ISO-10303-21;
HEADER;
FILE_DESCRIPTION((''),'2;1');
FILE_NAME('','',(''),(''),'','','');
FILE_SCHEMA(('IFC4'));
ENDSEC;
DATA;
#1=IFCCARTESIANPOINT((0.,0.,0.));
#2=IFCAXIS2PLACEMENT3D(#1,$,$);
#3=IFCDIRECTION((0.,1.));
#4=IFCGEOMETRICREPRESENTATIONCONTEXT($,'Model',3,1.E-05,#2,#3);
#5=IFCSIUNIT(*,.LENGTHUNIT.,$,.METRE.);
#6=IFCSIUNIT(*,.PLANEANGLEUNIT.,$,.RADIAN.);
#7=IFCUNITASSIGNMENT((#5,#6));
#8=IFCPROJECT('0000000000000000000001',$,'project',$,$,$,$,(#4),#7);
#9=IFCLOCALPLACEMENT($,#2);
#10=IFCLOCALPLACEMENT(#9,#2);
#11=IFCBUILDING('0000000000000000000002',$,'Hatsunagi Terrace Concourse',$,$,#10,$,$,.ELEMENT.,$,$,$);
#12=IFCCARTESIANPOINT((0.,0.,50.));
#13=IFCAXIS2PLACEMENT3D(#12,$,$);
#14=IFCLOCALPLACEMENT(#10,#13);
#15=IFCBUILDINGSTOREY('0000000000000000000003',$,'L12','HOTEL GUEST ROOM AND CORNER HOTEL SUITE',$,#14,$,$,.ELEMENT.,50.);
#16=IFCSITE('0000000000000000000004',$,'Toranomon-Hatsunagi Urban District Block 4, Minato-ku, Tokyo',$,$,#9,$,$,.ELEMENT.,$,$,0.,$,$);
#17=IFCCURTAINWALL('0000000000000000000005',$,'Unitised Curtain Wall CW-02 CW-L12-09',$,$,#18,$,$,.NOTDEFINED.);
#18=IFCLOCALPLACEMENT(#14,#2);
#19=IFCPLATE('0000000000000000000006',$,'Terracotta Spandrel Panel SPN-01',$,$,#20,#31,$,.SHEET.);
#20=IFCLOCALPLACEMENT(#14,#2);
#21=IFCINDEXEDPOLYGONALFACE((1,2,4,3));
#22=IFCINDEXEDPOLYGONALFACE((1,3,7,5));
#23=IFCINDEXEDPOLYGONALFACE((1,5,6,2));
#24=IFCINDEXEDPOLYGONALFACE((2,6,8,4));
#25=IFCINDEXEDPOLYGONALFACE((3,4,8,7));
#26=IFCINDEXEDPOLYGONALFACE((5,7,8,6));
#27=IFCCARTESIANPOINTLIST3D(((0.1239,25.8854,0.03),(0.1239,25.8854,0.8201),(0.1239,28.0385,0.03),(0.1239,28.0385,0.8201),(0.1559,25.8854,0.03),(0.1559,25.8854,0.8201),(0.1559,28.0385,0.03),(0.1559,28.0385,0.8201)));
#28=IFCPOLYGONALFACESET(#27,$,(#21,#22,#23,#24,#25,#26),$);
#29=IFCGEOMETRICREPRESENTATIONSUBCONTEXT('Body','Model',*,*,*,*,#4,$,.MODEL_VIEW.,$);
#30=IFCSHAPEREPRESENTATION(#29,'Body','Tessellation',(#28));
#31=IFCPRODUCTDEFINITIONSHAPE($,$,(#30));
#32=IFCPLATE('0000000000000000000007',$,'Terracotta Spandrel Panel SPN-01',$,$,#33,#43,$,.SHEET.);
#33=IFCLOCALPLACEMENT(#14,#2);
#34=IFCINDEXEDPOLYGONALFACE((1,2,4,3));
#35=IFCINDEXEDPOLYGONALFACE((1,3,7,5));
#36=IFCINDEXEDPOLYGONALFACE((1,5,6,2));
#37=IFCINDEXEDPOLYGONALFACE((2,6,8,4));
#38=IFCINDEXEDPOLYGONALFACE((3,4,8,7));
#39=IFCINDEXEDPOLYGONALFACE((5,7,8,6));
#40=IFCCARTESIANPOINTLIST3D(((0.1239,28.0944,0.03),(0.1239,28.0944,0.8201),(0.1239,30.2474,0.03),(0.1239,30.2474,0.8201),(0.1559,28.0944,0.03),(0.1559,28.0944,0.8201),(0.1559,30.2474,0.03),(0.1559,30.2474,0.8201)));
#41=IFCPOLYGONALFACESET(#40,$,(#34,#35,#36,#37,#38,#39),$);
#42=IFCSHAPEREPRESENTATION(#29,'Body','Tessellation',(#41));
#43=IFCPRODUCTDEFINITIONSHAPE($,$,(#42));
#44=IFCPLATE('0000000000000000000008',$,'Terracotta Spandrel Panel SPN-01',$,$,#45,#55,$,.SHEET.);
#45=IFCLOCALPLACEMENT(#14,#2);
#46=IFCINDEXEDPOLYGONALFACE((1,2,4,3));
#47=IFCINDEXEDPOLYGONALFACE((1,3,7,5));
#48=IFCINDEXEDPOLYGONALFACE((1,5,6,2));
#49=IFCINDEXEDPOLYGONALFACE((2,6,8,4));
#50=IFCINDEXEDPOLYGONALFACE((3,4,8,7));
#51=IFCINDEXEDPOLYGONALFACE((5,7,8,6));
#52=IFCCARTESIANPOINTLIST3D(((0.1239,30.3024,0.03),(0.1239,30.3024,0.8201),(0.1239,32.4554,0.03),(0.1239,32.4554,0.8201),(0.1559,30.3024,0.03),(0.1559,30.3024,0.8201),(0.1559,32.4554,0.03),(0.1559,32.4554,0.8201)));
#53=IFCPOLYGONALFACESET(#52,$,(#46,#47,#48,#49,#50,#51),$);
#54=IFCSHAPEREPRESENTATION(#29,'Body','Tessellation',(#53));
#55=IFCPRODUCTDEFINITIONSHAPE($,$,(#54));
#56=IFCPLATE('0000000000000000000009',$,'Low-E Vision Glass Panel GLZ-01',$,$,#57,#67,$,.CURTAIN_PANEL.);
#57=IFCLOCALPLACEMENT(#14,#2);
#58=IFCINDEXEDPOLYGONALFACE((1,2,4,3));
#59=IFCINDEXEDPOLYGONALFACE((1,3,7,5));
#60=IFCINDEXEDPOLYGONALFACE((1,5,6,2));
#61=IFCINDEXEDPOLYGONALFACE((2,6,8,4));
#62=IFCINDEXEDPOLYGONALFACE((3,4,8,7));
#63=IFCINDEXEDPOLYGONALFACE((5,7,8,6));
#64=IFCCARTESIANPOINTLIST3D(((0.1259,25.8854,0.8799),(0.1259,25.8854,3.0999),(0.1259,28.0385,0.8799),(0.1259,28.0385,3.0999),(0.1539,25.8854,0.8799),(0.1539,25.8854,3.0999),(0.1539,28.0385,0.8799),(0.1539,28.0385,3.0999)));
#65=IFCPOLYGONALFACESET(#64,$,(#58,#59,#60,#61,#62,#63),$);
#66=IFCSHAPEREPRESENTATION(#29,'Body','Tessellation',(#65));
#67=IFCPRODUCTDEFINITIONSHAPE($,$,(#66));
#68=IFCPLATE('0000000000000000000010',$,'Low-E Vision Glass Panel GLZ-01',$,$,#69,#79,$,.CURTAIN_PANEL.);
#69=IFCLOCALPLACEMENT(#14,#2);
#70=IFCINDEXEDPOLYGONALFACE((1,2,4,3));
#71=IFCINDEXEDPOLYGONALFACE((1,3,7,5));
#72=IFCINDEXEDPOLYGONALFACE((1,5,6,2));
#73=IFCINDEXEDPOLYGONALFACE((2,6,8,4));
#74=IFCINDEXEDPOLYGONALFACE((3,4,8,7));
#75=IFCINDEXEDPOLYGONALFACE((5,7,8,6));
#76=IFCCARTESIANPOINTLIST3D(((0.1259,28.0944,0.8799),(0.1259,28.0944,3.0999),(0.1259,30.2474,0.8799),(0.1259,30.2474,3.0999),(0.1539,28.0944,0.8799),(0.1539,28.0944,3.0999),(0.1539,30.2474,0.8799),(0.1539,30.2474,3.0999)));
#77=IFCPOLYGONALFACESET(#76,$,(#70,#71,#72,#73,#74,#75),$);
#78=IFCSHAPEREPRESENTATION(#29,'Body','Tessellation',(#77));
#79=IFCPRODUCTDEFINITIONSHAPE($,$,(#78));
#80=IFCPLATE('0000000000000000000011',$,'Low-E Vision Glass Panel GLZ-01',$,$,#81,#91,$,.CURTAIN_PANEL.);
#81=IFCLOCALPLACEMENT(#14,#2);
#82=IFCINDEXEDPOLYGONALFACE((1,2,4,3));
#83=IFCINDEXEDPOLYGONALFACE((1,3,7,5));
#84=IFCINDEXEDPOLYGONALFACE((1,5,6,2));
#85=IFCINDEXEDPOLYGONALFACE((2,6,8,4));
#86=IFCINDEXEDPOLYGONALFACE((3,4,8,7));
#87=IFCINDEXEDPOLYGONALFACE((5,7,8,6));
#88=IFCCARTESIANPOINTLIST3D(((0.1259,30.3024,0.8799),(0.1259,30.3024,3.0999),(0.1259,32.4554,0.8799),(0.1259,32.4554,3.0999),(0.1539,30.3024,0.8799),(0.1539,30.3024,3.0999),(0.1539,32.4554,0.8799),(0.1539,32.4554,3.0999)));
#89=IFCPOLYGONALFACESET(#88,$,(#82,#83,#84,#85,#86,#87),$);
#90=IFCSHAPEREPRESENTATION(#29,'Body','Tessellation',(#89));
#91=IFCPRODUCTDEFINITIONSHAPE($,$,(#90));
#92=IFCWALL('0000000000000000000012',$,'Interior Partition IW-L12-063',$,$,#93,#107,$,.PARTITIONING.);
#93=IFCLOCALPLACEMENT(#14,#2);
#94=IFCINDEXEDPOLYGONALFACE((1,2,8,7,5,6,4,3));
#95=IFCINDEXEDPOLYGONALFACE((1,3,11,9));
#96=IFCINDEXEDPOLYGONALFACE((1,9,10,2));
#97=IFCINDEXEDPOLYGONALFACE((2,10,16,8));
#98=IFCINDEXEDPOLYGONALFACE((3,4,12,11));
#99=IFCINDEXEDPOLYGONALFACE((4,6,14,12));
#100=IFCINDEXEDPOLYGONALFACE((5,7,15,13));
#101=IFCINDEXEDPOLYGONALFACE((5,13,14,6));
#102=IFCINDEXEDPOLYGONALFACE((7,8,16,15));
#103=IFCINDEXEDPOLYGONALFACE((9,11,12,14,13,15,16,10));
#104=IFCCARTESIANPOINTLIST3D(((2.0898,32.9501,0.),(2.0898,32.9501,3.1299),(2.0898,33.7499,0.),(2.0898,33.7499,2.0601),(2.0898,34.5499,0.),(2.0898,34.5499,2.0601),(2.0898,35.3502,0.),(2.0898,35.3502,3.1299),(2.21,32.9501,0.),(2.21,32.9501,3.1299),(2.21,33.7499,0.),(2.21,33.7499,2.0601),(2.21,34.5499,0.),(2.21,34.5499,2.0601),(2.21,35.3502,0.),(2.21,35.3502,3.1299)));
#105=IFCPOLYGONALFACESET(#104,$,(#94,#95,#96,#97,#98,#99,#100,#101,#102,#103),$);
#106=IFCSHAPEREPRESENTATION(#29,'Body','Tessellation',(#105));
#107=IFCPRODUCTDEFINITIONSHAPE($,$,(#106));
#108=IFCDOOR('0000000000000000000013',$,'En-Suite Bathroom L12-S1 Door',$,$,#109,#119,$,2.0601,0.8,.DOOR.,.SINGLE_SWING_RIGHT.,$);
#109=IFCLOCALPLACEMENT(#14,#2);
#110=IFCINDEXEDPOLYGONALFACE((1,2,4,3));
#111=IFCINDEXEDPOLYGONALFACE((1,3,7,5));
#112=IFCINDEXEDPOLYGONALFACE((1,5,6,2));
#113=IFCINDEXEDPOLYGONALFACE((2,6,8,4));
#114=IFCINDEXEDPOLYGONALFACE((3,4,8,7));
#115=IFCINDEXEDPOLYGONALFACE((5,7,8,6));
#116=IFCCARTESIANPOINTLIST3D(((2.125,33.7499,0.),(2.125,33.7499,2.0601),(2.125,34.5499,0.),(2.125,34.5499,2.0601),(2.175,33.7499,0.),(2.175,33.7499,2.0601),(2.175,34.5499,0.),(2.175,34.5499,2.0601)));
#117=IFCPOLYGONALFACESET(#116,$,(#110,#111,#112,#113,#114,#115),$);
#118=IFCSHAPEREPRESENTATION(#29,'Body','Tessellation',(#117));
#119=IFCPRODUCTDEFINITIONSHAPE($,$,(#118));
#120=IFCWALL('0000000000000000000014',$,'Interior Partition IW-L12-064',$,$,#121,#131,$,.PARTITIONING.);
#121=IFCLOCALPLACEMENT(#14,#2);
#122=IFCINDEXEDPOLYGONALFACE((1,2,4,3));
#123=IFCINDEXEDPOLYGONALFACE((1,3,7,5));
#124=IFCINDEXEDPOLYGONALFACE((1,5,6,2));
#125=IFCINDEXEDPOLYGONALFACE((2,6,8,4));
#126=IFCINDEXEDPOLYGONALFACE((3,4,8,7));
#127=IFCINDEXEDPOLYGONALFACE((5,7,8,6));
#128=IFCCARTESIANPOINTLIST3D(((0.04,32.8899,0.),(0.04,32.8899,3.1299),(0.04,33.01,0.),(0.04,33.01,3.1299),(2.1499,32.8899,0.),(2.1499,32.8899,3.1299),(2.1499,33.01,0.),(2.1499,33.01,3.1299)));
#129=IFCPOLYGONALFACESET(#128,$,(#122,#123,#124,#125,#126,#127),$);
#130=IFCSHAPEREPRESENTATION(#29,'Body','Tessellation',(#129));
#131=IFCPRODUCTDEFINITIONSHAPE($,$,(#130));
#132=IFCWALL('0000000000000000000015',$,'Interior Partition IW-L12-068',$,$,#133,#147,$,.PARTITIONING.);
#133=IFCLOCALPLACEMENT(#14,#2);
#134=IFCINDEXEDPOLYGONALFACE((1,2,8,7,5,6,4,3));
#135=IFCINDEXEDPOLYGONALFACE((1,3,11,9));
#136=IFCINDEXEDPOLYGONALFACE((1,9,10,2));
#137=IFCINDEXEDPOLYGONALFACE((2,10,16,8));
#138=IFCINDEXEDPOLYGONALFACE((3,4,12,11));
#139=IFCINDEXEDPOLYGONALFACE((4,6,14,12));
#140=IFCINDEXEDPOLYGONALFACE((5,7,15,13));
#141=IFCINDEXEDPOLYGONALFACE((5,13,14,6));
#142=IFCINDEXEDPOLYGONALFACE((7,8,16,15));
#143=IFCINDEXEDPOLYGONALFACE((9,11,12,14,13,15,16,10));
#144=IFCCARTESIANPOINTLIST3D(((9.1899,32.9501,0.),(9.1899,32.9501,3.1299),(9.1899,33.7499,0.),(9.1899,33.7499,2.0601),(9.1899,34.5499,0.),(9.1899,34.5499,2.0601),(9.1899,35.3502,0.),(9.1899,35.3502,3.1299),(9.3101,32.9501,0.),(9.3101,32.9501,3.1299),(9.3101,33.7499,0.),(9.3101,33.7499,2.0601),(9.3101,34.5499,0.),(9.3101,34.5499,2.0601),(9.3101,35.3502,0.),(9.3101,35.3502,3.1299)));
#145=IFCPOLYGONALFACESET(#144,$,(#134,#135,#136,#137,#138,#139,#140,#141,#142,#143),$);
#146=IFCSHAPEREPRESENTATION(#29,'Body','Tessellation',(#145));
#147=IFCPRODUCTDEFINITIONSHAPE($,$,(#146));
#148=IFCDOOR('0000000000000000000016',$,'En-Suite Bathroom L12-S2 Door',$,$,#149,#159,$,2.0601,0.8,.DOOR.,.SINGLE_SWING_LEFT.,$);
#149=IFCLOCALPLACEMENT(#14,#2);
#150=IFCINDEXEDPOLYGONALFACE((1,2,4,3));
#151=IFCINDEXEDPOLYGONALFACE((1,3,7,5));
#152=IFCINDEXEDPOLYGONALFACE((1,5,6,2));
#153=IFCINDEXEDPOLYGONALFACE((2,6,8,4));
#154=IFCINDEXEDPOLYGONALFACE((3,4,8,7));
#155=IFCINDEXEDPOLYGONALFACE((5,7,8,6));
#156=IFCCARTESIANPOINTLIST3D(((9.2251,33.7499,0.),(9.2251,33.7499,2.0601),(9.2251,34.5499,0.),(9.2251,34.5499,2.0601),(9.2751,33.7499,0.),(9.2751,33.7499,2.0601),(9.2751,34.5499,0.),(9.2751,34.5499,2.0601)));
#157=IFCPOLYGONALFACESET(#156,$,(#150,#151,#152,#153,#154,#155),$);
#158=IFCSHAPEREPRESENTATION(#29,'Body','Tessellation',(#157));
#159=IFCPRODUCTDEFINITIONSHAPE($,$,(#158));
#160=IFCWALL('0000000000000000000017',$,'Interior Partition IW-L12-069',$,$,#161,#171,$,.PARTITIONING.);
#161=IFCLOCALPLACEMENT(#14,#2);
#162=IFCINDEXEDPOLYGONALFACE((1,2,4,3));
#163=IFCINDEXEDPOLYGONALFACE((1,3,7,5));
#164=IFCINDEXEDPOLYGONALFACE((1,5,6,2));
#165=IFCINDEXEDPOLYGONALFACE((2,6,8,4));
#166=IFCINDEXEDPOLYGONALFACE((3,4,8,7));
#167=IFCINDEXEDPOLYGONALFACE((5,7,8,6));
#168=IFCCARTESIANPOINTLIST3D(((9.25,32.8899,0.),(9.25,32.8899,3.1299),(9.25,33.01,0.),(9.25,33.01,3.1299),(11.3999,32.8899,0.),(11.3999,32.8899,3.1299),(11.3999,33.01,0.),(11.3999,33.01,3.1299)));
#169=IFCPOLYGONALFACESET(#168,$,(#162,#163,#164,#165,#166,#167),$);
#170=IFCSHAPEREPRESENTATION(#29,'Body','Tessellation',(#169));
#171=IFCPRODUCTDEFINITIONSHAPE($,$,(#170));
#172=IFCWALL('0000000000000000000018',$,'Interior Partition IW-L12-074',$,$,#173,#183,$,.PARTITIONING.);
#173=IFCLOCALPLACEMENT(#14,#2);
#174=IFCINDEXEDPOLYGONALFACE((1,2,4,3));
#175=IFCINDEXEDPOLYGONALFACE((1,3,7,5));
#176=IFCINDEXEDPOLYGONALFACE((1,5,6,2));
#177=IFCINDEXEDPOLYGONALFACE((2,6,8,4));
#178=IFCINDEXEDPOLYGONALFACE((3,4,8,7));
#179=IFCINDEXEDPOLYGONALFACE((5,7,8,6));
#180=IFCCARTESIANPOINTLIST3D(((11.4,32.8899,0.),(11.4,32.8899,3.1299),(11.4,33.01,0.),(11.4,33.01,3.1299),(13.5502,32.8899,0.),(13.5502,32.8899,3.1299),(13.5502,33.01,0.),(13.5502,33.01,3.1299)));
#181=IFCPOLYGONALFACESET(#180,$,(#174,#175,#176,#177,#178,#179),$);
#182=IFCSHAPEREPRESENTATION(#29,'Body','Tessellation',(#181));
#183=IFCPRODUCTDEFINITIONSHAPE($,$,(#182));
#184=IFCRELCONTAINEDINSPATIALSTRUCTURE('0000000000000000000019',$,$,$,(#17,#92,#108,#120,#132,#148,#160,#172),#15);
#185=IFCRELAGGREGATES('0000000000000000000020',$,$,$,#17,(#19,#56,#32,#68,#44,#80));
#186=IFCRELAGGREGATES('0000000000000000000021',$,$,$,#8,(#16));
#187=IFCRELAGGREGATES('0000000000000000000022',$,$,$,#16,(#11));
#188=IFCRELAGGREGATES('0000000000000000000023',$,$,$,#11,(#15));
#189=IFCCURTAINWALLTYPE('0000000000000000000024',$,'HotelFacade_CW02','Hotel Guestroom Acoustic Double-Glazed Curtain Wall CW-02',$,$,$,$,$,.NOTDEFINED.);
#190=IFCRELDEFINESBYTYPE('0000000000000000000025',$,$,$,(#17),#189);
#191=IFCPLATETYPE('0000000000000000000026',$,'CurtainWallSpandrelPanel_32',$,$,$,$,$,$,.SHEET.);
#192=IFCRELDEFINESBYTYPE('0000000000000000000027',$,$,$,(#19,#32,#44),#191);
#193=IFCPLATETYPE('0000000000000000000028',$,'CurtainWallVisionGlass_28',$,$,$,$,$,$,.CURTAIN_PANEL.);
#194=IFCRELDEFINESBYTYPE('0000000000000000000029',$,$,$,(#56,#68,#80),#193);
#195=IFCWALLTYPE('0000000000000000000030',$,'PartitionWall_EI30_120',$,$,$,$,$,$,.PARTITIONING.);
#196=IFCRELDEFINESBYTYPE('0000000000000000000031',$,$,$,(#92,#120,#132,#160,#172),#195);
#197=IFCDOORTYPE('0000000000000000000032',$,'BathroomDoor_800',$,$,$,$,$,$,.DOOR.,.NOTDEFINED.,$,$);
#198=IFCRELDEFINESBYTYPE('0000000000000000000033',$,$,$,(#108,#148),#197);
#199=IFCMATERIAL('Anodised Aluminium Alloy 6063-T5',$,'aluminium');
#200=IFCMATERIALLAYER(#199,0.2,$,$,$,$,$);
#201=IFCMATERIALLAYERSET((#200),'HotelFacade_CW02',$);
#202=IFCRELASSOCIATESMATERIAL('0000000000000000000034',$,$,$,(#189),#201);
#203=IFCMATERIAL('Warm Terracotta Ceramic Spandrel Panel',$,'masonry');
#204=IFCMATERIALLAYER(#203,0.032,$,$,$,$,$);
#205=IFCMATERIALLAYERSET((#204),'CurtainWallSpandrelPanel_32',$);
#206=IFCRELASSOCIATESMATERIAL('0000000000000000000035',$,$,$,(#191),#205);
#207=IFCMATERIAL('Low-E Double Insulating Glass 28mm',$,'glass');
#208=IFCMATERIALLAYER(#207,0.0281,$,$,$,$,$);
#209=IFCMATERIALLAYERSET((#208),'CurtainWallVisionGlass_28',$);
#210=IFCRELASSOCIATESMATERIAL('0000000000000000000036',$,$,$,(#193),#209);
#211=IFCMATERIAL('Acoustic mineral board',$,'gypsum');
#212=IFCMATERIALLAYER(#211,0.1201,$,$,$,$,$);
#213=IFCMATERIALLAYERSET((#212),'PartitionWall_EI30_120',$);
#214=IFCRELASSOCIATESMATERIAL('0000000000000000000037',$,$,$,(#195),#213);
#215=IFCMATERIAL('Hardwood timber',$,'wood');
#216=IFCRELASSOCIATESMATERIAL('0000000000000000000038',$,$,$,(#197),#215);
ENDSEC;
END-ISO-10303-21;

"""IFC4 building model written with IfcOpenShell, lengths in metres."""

from ifc_helpers import new_model, si_unit, direction, frame, frame_2d, origin, origin_2d, place, context, subcontext, project, spatial, rectangle, extrude, material, layer, layer_set, type_object, element, fill, aggregate, save


model = new_model("IFC4")

# Units and contexts
model_context = context("Model", 3, precision=1e-05, world=origin(), true_north=direction((0.0, 1.0)))
body_context = subcontext(model_context, "Body", "Model", "MODEL_VIEW")
ifc_project = project(units=[si_unit("LENGTHUNIT", "METRE"), si_unit("PLANEANGLEUNIT", "RADIAN")], contexts=[model_context])

# Site, building, storey
site_placement = place(None, origin())
site = spatial("IfcSite", under=ifc_project, at=site_placement, Name="Toranomon-Hatsunagi Urban District Block 4, Minato-ku, Tokyo", CompositionType="ELEMENT", RefElevation=0.0)
building_placement = place(site_placement, origin())
building = spatial("IfcBuilding", under=site, at=building_placement, Name="Hatsunagi Terrace Concourse", CompositionType="ELEMENT")
storey_placement = place(building_placement, frame((0.0, 0.0, 50.0)))
storey = spatial("IfcBuildingStorey", under=building, at=storey_placement, Name="L12", Description="HOTEL GUEST ROOM AND CORNER HOTEL SUITE", CompositionType="ELEMENT", Elevation=50.0)

# Curtain wall
ifc_material_1 = material(Name="Anodised Aluminium Alloy 6063-T5", Category="aluminium")
ifc_layer_1 = layer(ifc_material_1, 0.2)
ifc_layer_set_1 = layer_set([ifc_layer_1], Name="HotelFacade_CW02")
curtain_wall_type = type_object("IfcCurtainWallType", Name="HotelFacade_CW02", Description="Hotel Guestroom Acoustic Double-Glazed Curtain Wall CW-02", PredefinedType="NOTDEFINED", material=ifc_layer_set_1)
curtain_wall_placement = place(storey_placement, origin())
curtain_wall = element("IfcCurtainWall", 1, at=curtain_wall_placement, inside=storey, type_object=curtain_wall_type, Name="Unitised Curtain Wall CW-02 CW-L12-09", PredefinedType="NOTDEFINED")

# Plates
ifc_material_2 = material(Name="Warm Terracotta Ceramic Spandrel Panel", Category="masonry")
ifc_layer_2 = layer(ifc_material_2, 0.032)
ifc_layer_set_2 = layer_set([ifc_layer_2], Name="CurtainWallSpandrelPanel_32")
plate_type_1 = type_object("IfcPlateType", Name="CurtainWallSpandrelPanel_32", PredefinedType="SHEET", material=ifc_layer_set_2)
plate_1_placement = place(storey_placement, frame((0.1399, 26.9619, 0.03), z_axis=(0.0, 0.0, 1.0), x_axis=(0.0, 1.0, 0.0)))
plate_1 = element("IfcPlate", 2, at=plate_1_placement, type_object=plate_type_1, Name="Terracotta Spandrel Panel SPN-01", PredefinedType="SHEET", context=body_context, shape_type="SweptSolid", body=[
    extrude(rectangle(XDim=2.1531, YDim=0.032, at=origin_2d()), origin(), (0.0, 0.0, 1.0), 0.79),
])
plate_2_placement = place(storey_placement, frame((0.1399, 29.1709, 0.03), z_axis=(0.0, 0.0, 1.0), x_axis=(0.0, 1.0, 0.0)))
plate_2 = element("IfcPlate", 3, at=plate_2_placement, type_object=plate_type_1, Name="Terracotta Spandrel Panel SPN-01", PredefinedType="SHEET", context=body_context, shape_type="SweptSolid", body=[
    extrude(rectangle(XDim=2.1531, YDim=0.032, at=origin_2d()), origin(), (0.0, 0.0, 1.0), 0.79),
])
plate_3_placement = place(storey_placement, frame((0.1399, 31.3789, 0.03), z_axis=(0.0, 0.0, 1.0), x_axis=(0.0, 1.0, 0.0)))
plate_3 = element("IfcPlate", 4, at=plate_3_placement, type_object=plate_type_1, Name="Terracotta Spandrel Panel SPN-01", PredefinedType="SHEET", context=body_context, shape_type="SweptSolid", body=[
    extrude(rectangle(XDim=2.1531, YDim=0.032, at=origin_2d()), origin(), (0.0, 0.0, 1.0), 0.79),
])
ifc_material_3 = material(Name="Low-E Double Insulating Glass 28mm", Category="glass")
ifc_layer_3 = layer(ifc_material_3, 0.0281)
ifc_layer_set_3 = layer_set([ifc_layer_3], Name="CurtainWallVisionGlass_28")
plate_type_2 = type_object("IfcPlateType", Name="CurtainWallVisionGlass_28", PredefinedType="CURTAIN_PANEL", material=ifc_layer_set_3)
plate_4_placement = place(storey_placement, frame((0.1399, 26.9619, 0.8799), z_axis=(0.0, 0.0, 1.0), x_axis=(0.0, 1.0, 0.0)))
plate_4 = element("IfcPlate", 5, at=plate_4_placement, type_object=plate_type_2, Name="Low-E Vision Glass Panel GLZ-01", PredefinedType="CURTAIN_PANEL", context=body_context, shape_type="SweptSolid", body=[
    extrude(rectangle(XDim=2.1531, YDim=0.0281, at=origin_2d()), origin(), (0.0, 0.0, 1.0), 2.22),
])
plate_5_placement = place(storey_placement, frame((0.1399, 29.1709, 0.8799), z_axis=(0.0, 0.0, 1.0), x_axis=(0.0, 1.0, 0.0)))
plate_5 = element("IfcPlate", 6, at=plate_5_placement, type_object=plate_type_2, Name="Low-E Vision Glass Panel GLZ-01", PredefinedType="CURTAIN_PANEL", context=body_context, shape_type="SweptSolid", body=[
    extrude(rectangle(XDim=2.1531, YDim=0.0281, at=origin_2d()), origin(), (0.0, 0.0, 1.0), 2.22),
])
plate_6_placement = place(storey_placement, frame((0.1399, 31.3789, 0.8799), z_axis=(0.0, 0.0, 1.0), x_axis=(0.0, 1.0, 0.0)))
plate_6 = element("IfcPlate", 7, at=plate_6_placement, type_object=plate_type_2, Name="Low-E Vision Glass Panel GLZ-01", PredefinedType="CURTAIN_PANEL", context=body_context, shape_type="SweptSolid", body=[
    extrude(rectangle(XDim=2.1531, YDim=0.0281, at=origin_2d()), origin(), (0.0, 0.0, 1.0), 2.22),
])
aggregate(curtain_wall, [plate_1, plate_4, plate_2, plate_5, plate_3, plate_6])

# Wall, opening, door
ifc_material_4 = material(Name="Acoustic mineral board", Category="gypsum")
ifc_layer_4 = layer(ifc_material_4, 0.1201)
ifc_layer_set_4 = layer_set([ifc_layer_4], Name="PartitionWall_EI30_120")
wall_type = type_object("IfcWallType", Name="PartitionWall_EI30_120", PredefinedType="PARTITIONING", material=ifc_layer_set_4)
wall_1_placement = place(storey_placement, frame((2.1499, 32.95, 0.0), z_axis=(0.0, 0.0, 1.0), x_axis=(0.0, 1.0, 0.0)))
wall_1 = element("IfcWall", 8, at=wall_1_placement, inside=storey, type_object=wall_type, Name="Interior Partition IW-L12-063", PredefinedType="PARTITIONING", context=body_context, shape_type="SweptSolid", body=[
    extrude(rectangle(XDim=2.4001, YDim=0.1201, at=frame_2d((1.2002, 0.0))), origin(), (0.0, 0.0, 1.0), 3.1299),
])
opening_1_placement = place(wall_1_placement, frame((0.8, 0.0, 0.0)))
opening_1 = element("IfcOpeningElement", 9, at=opening_1_placement, cuts=wall_1, PredefinedType="OPENING", context=body_context, shape_type="SweptSolid", body=[
    extrude(rectangle(XDim=0.8, YDim=2.0601, at=frame_2d((0.3999, 1.03))), frame((0.0, 0.0701, 0.0), z_axis=(0.0, -1.0, 0.0), x_axis=(1.0, 0.0, 0.0)), (0.0, 0.0, 1.0), 0.1401),
])
ifc_material_5 = material(Name="Hardwood timber", Category="wood")
door_type = type_object("IfcDoorType", Name="BathroomDoor_800", OperationType="NOTDEFINED", PredefinedType="DOOR", material=ifc_material_5)
door_1_placement = place(opening_1_placement, origin())
door_1 = element("IfcDoor", 10, at=door_1_placement, inside=storey, type_object=door_type, Name="En-Suite Bathroom L12-S1 Door", OperationType="SINGLE_SWING_RIGHT", OverallHeight=2.0601, OverallWidth=0.8, PredefinedType="DOOR", context=body_context, shape_type="SweptSolid", body=[
    extrude(rectangle(XDim=0.8, YDim=2.0601, at=frame_2d((0.3999, 1.03))), frame((0.0, 0.0249, 0.0), z_axis=(0.0, -1.0, 0.0), x_axis=(1.0, 0.0, 0.0)), (0.0, 0.0, 1.0), 0.05),
])
fill(opening_1, door_1)

# Wall
wall_2_placement = place(storey_placement, frame((0.04, 32.95, 0.0), z_axis=(0.0, 0.0, 1.0), x_axis=(1.0, 0.0, 0.0)))
element("IfcWall", 11, at=wall_2_placement, inside=storey, type_object=wall_type, Name="Interior Partition IW-L12-064", PredefinedType="PARTITIONING", context=body_context, shape_type="SweptSolid", body=[
    extrude(rectangle(XDim=2.1099, YDim=0.1201, at=frame_2d((1.0549, 0.0))), origin(), (0.0, 0.0, 1.0), 3.1299),
])

# Wall, opening, door
wall_3_placement = place(storey_placement, frame((9.25, 32.95, 0.0), z_axis=(0.0, 0.0, 1.0), x_axis=(0.0, 1.0, 0.0)))
wall_3 = element("IfcWall", 12, at=wall_3_placement, inside=storey, type_object=wall_type, Name="Interior Partition IW-L12-068", PredefinedType="PARTITIONING", context=body_context, shape_type="SweptSolid", body=[
    extrude(rectangle(XDim=2.4001, YDim=0.1201, at=frame_2d((1.2002, 0.0))), origin(), (0.0, 0.0, 1.0), 3.1299),
])
opening_2_placement = place(wall_3_placement, frame((0.8, 0.0, 0.0)))
opening_2 = element("IfcOpeningElement", 13, at=opening_2_placement, cuts=wall_3, PredefinedType="OPENING", context=body_context, shape_type="SweptSolid", body=[
    extrude(rectangle(XDim=0.8, YDim=2.0601, at=frame_2d((0.3999, 1.03))), frame((0.0, 0.0701, 0.0), z_axis=(0.0, -1.0, 0.0), x_axis=(1.0, 0.0, 0.0)), (0.0, 0.0, 1.0), 0.1401),
])
door_2_placement = place(opening_2_placement, origin())
door_2 = element("IfcDoor", 14, at=door_2_placement, inside=storey, type_object=door_type, Name="En-Suite Bathroom L12-S2 Door", OperationType="SINGLE_SWING_LEFT", OverallHeight=2.0601, OverallWidth=0.8, PredefinedType="DOOR", context=body_context, shape_type="SweptSolid", body=[
    extrude(rectangle(XDim=0.8, YDim=2.0601, at=frame_2d((0.3999, 1.03))), frame((0.0, 0.0249, 0.0), z_axis=(0.0, -1.0, 0.0), x_axis=(1.0, 0.0, 0.0)), (0.0, 0.0, 1.0), 0.05),
])
fill(opening_2, door_2)

# Walls
wall_4_placement = place(storey_placement, frame((9.25, 32.95, 0.0), z_axis=(0.0, 0.0, 1.0), x_axis=(1.0, 0.0, 0.0)))
element("IfcWall", 15, at=wall_4_placement, inside=storey, type_object=wall_type, Name="Interior Partition IW-L12-069", PredefinedType="PARTITIONING", context=body_context, shape_type="SweptSolid", body=[
    extrude(rectangle(XDim=2.1499, YDim=0.1201, at=frame_2d((1.075, 0.0))), origin(), (0.0, 0.0, 1.0), 3.1299),
])
wall_5_placement = place(storey_placement, frame((11.3999, 32.95, 0.0), z_axis=(0.0, 0.0, 1.0), x_axis=(1.0, 0.0, 0.0)))
element("IfcWall", 16, at=wall_5_placement, inside=storey, type_object=wall_type, Name="Interior Partition IW-L12-074", PredefinedType="PARTITIONING", context=body_context, shape_type="SweptSolid", body=[
    extrude(rectangle(XDim=2.1501, YDim=0.1201, at=frame_2d((1.0752, 0.0))), origin(), (0.0, 0.0, 1.0), 3.1299),
])

save(model, "model.ifc")
